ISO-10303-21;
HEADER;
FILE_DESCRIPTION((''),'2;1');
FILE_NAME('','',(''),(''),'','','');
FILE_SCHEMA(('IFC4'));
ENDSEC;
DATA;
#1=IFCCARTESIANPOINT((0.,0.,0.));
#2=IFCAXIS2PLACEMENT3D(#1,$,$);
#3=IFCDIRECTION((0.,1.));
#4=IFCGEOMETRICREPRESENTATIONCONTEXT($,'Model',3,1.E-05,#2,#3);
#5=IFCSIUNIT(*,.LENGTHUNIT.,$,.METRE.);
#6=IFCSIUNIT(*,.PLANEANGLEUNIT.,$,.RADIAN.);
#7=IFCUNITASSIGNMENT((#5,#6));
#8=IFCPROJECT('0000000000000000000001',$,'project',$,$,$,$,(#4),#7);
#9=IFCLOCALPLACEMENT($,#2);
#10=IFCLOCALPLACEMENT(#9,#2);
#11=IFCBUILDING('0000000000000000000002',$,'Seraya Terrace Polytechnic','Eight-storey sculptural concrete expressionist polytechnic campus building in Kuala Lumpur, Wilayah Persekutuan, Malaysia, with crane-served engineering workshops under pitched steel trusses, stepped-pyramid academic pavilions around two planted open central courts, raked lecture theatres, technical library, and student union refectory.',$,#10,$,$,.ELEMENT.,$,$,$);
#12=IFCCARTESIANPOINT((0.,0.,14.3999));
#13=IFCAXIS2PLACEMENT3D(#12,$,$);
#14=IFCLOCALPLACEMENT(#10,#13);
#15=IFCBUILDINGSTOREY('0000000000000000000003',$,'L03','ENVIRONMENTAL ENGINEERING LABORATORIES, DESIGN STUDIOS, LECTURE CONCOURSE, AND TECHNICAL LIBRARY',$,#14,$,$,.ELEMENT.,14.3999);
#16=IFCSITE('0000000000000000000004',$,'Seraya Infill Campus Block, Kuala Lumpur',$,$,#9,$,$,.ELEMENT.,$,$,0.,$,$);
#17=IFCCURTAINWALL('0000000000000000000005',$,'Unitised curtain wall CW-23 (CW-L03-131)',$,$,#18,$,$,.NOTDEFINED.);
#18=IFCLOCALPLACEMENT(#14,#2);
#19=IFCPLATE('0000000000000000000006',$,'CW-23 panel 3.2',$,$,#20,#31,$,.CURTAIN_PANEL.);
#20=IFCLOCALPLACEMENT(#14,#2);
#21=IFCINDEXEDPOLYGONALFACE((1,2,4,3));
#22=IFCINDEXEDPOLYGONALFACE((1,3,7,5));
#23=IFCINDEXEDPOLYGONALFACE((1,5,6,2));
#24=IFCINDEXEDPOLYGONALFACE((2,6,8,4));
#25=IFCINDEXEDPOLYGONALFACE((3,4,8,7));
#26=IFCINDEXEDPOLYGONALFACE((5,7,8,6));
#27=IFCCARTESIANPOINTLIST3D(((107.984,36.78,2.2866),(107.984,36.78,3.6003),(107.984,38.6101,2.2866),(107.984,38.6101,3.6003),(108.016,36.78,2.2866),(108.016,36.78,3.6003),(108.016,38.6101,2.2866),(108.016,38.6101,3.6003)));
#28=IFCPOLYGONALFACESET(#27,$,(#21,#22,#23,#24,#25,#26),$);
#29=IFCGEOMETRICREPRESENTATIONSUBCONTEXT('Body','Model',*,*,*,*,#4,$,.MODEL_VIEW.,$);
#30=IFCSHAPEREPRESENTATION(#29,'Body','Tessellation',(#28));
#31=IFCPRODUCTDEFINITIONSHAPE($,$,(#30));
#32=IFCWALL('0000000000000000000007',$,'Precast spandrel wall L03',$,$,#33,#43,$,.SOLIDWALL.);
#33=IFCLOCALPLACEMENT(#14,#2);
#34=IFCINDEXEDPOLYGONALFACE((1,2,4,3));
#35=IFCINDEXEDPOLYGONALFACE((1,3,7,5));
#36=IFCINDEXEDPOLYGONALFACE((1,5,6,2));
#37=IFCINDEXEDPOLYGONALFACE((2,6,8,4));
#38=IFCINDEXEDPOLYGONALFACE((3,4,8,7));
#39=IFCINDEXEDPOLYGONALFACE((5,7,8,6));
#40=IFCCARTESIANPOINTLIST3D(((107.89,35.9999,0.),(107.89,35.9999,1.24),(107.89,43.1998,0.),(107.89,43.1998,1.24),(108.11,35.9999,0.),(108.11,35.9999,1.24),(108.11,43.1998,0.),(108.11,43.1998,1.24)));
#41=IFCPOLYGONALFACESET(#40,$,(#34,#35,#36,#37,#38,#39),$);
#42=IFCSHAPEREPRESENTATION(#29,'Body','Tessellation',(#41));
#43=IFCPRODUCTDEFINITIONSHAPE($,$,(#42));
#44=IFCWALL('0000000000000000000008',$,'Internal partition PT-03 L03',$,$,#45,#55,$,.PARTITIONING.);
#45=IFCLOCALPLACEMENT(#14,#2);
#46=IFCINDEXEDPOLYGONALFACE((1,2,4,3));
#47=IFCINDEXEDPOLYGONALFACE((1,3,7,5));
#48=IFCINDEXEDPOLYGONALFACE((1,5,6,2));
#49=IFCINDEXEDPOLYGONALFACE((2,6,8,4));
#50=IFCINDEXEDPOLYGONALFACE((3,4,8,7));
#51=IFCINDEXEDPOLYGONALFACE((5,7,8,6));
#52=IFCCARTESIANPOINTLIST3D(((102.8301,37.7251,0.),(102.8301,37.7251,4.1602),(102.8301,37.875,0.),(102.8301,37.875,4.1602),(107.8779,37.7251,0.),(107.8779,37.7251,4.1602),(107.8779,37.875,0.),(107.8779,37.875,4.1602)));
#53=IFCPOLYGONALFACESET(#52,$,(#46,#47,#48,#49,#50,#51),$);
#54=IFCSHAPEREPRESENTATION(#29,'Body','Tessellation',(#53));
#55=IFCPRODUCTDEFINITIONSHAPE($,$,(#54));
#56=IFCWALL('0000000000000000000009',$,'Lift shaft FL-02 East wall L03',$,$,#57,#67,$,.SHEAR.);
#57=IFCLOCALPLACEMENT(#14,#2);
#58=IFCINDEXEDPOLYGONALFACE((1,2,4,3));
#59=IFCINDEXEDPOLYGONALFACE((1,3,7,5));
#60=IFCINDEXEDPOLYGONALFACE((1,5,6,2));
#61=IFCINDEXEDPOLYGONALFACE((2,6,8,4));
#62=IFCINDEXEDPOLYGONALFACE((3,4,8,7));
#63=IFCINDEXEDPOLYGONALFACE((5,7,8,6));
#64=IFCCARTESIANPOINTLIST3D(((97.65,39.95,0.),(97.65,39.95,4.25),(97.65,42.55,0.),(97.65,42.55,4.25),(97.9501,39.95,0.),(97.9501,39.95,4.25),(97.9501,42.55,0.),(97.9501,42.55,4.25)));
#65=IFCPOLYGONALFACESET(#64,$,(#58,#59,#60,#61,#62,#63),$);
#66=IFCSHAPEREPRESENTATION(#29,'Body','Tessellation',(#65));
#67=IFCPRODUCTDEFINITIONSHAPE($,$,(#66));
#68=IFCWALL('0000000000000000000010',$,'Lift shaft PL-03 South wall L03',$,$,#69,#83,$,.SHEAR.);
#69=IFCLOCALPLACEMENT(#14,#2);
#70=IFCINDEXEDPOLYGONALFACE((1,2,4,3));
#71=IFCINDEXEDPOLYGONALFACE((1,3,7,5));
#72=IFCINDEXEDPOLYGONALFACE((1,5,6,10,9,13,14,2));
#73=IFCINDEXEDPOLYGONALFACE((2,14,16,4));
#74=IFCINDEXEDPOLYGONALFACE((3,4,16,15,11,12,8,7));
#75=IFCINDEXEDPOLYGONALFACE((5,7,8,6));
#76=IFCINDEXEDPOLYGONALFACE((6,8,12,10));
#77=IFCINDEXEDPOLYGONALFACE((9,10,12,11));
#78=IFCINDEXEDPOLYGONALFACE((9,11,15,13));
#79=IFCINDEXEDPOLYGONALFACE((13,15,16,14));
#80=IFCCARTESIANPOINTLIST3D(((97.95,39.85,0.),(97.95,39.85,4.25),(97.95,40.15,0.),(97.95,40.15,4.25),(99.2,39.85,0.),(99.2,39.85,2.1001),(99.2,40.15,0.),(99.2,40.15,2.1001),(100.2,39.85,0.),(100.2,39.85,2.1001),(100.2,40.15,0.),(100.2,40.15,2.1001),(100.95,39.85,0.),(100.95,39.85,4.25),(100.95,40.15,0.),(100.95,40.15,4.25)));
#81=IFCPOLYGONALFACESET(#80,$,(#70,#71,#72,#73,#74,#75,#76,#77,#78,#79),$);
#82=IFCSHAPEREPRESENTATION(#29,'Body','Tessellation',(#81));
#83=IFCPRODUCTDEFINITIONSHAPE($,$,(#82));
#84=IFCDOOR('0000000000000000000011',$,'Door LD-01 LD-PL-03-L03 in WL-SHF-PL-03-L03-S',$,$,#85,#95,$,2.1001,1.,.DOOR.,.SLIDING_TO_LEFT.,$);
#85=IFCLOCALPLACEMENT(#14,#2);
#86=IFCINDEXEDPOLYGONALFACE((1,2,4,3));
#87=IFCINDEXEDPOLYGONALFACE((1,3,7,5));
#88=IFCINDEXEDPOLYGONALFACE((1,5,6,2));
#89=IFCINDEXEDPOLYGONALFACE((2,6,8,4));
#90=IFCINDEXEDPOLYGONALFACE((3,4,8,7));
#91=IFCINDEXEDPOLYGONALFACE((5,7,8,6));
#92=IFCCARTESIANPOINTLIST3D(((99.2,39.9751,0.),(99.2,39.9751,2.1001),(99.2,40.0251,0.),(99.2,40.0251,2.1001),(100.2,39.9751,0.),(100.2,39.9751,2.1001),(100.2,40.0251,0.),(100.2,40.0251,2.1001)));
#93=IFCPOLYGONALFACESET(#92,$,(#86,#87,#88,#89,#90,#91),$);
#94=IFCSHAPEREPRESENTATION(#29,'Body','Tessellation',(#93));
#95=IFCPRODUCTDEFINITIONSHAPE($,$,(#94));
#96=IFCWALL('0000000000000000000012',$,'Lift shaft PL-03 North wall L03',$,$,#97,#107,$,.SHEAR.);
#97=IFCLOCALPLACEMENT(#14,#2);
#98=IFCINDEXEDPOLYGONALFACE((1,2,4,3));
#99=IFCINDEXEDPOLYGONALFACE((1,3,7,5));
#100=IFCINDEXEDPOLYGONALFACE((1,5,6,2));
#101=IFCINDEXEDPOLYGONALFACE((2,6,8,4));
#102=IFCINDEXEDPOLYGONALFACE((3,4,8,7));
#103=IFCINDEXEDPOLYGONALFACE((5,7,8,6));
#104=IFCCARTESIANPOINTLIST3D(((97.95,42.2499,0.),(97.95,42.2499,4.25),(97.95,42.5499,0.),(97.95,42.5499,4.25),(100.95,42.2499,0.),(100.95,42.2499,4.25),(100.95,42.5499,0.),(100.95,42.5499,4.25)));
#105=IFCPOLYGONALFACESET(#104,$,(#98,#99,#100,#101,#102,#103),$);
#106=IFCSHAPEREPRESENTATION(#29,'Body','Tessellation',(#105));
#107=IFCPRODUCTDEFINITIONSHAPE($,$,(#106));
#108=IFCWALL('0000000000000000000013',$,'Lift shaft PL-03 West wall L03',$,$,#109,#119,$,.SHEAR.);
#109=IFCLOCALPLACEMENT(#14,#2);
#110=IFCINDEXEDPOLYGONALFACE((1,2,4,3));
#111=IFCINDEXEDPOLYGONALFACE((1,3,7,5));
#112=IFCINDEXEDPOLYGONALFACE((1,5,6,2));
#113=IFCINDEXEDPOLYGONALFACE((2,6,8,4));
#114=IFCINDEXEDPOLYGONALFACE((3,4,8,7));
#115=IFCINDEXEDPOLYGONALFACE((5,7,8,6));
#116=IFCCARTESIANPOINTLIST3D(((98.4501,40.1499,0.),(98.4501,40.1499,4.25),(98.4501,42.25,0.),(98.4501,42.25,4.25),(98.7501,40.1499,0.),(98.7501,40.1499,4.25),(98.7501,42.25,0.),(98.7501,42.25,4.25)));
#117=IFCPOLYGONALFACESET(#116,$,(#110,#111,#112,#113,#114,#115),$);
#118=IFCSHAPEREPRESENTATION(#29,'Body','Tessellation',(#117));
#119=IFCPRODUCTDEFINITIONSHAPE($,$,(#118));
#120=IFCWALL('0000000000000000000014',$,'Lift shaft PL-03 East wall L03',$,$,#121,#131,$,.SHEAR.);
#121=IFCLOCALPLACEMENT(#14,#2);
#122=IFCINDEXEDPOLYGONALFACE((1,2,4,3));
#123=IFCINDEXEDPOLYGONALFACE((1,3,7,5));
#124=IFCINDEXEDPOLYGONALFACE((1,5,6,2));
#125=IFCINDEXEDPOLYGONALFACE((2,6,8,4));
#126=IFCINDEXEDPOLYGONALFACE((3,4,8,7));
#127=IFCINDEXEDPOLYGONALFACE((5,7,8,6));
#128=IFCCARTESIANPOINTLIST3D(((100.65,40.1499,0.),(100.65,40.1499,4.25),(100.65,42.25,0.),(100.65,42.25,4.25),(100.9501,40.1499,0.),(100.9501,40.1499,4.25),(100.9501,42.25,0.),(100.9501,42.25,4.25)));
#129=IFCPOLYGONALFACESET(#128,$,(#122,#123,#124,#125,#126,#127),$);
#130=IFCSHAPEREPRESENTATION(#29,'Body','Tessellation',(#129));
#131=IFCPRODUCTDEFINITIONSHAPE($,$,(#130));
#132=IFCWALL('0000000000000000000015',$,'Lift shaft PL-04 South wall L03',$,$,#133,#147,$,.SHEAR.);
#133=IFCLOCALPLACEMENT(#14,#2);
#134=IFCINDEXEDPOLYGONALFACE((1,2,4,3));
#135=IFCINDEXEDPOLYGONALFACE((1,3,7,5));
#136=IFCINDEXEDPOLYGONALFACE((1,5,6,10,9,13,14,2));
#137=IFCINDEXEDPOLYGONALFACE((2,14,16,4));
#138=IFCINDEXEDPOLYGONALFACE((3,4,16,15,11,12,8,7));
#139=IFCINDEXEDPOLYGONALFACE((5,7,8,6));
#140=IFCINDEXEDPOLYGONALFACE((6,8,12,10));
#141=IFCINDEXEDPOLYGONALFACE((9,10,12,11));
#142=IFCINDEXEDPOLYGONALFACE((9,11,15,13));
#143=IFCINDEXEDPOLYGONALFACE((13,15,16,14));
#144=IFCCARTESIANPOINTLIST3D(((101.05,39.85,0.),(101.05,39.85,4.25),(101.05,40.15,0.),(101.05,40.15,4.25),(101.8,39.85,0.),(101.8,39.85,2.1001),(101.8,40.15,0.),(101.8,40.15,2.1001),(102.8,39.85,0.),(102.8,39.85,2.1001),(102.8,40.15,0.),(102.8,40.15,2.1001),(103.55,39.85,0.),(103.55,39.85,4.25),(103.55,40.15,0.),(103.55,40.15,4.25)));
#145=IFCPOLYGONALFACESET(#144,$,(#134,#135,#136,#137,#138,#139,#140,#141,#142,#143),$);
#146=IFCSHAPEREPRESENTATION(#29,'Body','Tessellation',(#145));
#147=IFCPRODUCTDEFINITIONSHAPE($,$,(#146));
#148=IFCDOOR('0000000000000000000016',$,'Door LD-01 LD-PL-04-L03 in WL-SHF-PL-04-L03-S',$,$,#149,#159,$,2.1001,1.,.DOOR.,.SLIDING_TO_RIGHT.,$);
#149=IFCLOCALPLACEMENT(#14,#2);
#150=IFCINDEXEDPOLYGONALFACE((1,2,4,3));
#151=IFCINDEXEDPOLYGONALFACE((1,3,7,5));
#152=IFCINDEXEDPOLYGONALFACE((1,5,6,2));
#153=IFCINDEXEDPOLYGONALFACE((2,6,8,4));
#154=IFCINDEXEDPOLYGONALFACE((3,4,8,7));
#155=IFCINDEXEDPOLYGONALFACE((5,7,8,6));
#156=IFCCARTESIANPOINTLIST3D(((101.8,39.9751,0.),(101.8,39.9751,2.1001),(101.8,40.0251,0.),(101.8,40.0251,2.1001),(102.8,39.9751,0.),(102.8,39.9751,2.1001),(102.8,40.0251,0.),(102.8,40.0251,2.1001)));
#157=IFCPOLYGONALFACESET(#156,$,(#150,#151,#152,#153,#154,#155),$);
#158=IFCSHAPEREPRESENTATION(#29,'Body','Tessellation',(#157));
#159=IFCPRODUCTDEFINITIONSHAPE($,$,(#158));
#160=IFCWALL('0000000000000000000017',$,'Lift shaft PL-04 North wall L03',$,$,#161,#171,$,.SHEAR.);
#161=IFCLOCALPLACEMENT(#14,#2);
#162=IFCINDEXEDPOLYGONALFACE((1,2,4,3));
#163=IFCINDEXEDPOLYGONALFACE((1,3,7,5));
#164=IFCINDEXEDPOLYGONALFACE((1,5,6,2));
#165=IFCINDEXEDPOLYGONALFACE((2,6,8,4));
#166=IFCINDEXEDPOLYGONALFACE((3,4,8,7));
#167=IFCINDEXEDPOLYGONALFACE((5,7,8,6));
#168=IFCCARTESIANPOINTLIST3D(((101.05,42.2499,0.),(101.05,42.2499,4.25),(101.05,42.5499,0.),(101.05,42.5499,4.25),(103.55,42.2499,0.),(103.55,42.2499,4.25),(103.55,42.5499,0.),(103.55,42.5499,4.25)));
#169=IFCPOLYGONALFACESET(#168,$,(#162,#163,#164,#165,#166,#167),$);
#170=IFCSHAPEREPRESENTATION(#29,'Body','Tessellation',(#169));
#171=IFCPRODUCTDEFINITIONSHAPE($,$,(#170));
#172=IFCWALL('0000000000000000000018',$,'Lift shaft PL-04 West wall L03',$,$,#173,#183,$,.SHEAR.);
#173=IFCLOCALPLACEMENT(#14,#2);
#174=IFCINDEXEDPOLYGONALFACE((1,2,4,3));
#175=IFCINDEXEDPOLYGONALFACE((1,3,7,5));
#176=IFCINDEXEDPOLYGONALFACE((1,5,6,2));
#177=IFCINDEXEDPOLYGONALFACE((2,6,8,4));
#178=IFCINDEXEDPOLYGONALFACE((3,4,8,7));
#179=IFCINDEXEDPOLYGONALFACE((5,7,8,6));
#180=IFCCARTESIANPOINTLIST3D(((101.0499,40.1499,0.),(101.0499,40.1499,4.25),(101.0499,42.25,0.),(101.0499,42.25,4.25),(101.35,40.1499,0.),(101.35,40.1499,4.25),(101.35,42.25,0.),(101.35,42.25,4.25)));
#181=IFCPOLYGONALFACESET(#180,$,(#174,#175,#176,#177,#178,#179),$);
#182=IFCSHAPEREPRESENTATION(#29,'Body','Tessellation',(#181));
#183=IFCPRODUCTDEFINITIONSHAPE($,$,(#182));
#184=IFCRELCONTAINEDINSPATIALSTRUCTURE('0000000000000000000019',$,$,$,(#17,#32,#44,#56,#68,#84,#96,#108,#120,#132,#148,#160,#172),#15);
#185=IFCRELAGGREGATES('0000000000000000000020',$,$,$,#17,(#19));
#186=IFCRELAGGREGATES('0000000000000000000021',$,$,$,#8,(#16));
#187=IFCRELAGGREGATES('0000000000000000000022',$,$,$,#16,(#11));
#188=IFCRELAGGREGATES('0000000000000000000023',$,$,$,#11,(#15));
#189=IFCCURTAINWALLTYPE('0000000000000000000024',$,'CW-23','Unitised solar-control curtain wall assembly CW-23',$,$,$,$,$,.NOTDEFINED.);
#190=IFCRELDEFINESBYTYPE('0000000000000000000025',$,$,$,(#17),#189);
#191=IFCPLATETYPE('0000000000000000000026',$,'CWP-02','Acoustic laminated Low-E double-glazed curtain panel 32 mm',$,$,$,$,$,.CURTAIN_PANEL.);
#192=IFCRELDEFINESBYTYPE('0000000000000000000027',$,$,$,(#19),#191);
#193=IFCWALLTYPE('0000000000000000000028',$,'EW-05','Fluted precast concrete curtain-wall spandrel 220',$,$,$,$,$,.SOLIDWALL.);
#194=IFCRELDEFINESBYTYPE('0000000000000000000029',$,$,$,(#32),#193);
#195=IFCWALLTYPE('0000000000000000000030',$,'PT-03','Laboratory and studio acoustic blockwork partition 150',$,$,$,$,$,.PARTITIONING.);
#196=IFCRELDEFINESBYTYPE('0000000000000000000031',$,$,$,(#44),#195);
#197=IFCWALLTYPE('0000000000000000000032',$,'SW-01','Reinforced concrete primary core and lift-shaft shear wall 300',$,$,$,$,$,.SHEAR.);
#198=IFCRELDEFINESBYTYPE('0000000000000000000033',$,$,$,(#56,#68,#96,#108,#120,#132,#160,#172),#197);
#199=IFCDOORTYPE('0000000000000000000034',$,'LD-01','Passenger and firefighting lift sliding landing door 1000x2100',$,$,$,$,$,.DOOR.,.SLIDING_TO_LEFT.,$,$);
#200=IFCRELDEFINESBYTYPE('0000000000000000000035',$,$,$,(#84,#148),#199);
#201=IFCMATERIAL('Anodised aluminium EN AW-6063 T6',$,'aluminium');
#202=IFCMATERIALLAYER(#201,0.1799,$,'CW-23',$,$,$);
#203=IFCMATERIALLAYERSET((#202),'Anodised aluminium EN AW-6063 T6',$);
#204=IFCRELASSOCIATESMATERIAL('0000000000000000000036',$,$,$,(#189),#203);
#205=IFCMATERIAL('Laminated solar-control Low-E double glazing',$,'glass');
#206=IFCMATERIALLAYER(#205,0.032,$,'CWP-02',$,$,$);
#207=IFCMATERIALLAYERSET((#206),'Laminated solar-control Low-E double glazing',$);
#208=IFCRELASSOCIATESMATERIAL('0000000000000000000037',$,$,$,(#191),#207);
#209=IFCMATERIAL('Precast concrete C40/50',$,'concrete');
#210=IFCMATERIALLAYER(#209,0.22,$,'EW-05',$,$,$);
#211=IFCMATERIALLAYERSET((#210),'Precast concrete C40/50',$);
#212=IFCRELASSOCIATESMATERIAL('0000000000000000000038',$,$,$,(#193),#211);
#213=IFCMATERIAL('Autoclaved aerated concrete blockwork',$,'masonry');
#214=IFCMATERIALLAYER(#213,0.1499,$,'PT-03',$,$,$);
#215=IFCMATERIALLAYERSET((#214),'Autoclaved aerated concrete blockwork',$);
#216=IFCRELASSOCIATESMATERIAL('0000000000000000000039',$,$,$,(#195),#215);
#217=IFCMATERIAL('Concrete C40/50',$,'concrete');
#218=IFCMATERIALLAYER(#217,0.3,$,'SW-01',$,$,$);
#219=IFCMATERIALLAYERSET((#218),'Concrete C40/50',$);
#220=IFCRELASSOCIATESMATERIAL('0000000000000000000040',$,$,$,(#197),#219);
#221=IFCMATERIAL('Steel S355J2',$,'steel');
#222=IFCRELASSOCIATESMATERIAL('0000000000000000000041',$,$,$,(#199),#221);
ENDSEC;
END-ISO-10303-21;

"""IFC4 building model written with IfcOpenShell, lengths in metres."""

from ifc_helpers import new_model, si_unit, direction, frame, frame_2d, origin, origin_2d, place, context, subcontext, project, spatial, rectangle, extrude, material, layer, layer_set, type_object, element, fill, aggregate, save


model = new_model("IFC4")

# Units and contexts
model_context = context("Model", 3, precision=1e-05, world=origin(), true_north=direction((0.0, 1.0)))
body_context = subcontext(model_context, "Body", "Model", "MODEL_VIEW")
ifc_project = project(units=[si_unit("LENGTHUNIT", "METRE"), si_unit("PLANEANGLEUNIT", "RADIAN")], contexts=[model_context])

# Site, building, storey
site_placement = place(None, origin())
site = spatial("IfcSite", under=ifc_project, at=site_placement, Name="Seraya Infill Campus Block, Kuala Lumpur", CompositionType="ELEMENT", RefElevation=0.0)
building_placement = place(site_placement, origin())
building = spatial("IfcBuilding", under=site, at=building_placement, Name="Seraya Terrace Polytechnic", Description="Eight-storey sculptural concrete expressionist polytechnic campus building in Kuala Lumpur, Wilayah Persekutuan, Malaysia, with crane-served engineering workshops under pitched steel trusses, stepped-pyramid academic pavilions around two planted open central courts, raked lecture theatres, technical library, and student union refectory.", CompositionType="ELEMENT")
storey_placement = place(building_placement, frame((0.0, 0.0, 14.3999)))
storey = spatial("IfcBuildingStorey", under=building, at=storey_placement, Name="L03", Description="ENVIRONMENTAL ENGINEERING LABORATORIES, DESIGN STUDIOS, LECTURE CONCOURSE, AND TECHNICAL LIBRARY", CompositionType="ELEMENT", Elevation=14.3999)

# Shared definitions
ifc_material_1 = material(Name="Concrete C40/50", Category="concrete")

# Shared definitions
ifc_material_2 = material(Name="Anodised aluminium EN AW-6063 T6", Category="aluminium")

# Curtain wall
ifc_layer_1 = layer(ifc_material_2, 0.1799, Name="CW-23")
ifc_layer_set_1 = layer_set([ifc_layer_1], Name="Anodised aluminium EN AW-6063 T6")
curtain_wall_type_1 = type_object("IfcCurtainWallType", Name="CW-23", Description="Unitised solar-control curtain wall assembly CW-23", PredefinedType="NOTDEFINED", material=ifc_layer_set_1)
curtain_wall_1_placement = place(storey_placement, origin())
curtain_wall_1 = element("IfcCurtainWall", 1, at=curtain_wall_1_placement, inside=storey, type_object=curtain_wall_type_1, Name="Unitised curtain wall CW-23 (CW-L03-131)", PredefinedType="NOTDEFINED")

# Plate
ifc_material_3 = material(Name="Laminated solar-control Low-E double glazing", Category="glass")
ifc_layer_2 = layer(ifc_material_3, 0.032, Name="CWP-02")
ifc_layer_set_2 = layer_set([ifc_layer_2], Name="Laminated solar-control Low-E double glazing")
plate_type_1 = type_object("IfcPlateType", Name="CWP-02", Description="Acoustic laminated Low-E double-glazed curtain panel 32 mm", PredefinedType="CURTAIN_PANEL", material=ifc_layer_set_2)
plate_1_placement = place(storey_placement, frame((108.0, 37.6951, 2.2866), z_axis=(0.0, 0.0, 1.0), x_axis=(0.0, -1.0, 0.0)))
plate_1 = element("IfcPlate", 2, at=plate_1_placement, type_object=plate_type_1, Name="CW-23 panel 3.2", PredefinedType="CURTAIN_PANEL", context=body_context, shape_type="SweptSolid", body=[
    extrude(rectangle(XDim=1.8301, YDim=0.032, at=origin_2d()), origin(), (0.0, 0.0, 1.0), 1.3137),
])
aggregate(curtain_wall_1, [plate_1])

# Walls
ifc_material_4 = material(Name="Precast concrete C40/50", Category="concrete")
ifc_layer_3 = layer(ifc_material_4, 0.22, Name="EW-05")
ifc_layer_set_3 = layer_set([ifc_layer_3], Name="Precast concrete C40/50")
wall_type_1 = type_object("IfcWallType", Name="EW-05", Description="Fluted precast concrete curtain-wall spandrel 220", PredefinedType="SOLIDWALL", material=ifc_layer_set_3)
wall_1_placement = place(storey_placement, frame((108.0, 43.2, 0.0), z_axis=(0.0, 0.0, 1.0), x_axis=(0.0, -1.0, 0.0)))
element("IfcWall", 3, at=wall_1_placement, inside=storey, type_object=wall_type_1, Name="Precast spandrel wall L03", PredefinedType="SOLIDWALL", context=body_context, shape_type="SweptSolid", body=[
    extrude(rectangle(XDim=7.2, YDim=0.22, at=frame_2d((3.6001, 0.0))), origin(), (0.0, 0.0, 1.0), 1.24),
])
ifc_material_5 = material(Name="Autoclaved aerated concrete blockwork", Category="masonry")
ifc_layer_4 = layer(ifc_material_5, 0.1499, Name="PT-03")
ifc_layer_set_4 = layer_set([ifc_layer_4], Name="Autoclaved aerated concrete blockwork")
wall_type_2 = type_object("IfcWallType", Name="PT-03", Description="Laboratory and studio acoustic blockwork partition 150", PredefinedType="PARTITIONING", material=ifc_layer_set_4)
wall_2_placement = place(storey_placement, frame((102.8301, 37.8, 0.0), z_axis=(0.0, 0.0, 1.0), x_axis=(1.0, 0.0, 0.0)))
element("IfcWall", 4, at=wall_2_placement, inside=storey, type_object=wall_type_2, Name="Internal partition PT-03 L03", PredefinedType="PARTITIONING", context=body_context, shape_type="SweptSolid", body=[
    extrude(rectangle(XDim=5.0479, YDim=0.1499, at=frame_2d((2.5239, 0.0))), origin(), (0.0, 0.0, 1.0), 4.1602),
])
ifc_layer_5 = layer(ifc_material_1, 0.3, Name="SW-01")
ifc_layer_set_5 = layer_set([ifc_layer_5], Name="Concrete C40/50")
wall_type_3 = type_object("IfcWallType", Name="SW-01", Description="Reinforced concrete primary core and lift-shaft shear wall 300", PredefinedType="SHEAR", material=ifc_layer_set_5)
wall_3_placement = place(storey_placement, frame((97.8, 39.95, 0.0), z_axis=(0.0, 0.0, 1.0), x_axis=(0.0, 1.0, 0.0)))
element("IfcWall", 5, at=wall_3_placement, inside=storey, type_object=wall_type_3, Name="Lift shaft FL-02 East wall L03", PredefinedType="SHEAR", context=body_context, shape_type="SweptSolid", body=[
    extrude(rectangle(XDim=2.6001, YDim=0.3, at=frame_2d((1.3, 0.0))), origin(), (0.0, 0.0, 1.0), 4.25),
])

# Wall, opening, door
wall_4_placement = place(storey_placement, frame((97.95, 40.0, 0.0), z_axis=(0.0, 0.0, 1.0), x_axis=(1.0, 0.0, 0.0)))
wall_4 = element("IfcWall", 6, at=wall_4_placement, inside=storey, type_object=wall_type_3, Name="Lift shaft PL-03 South wall L03", PredefinedType="SHEAR", context=body_context, shape_type="SweptSolid", body=[
    extrude(rectangle(XDim=3.0, YDim=0.3, at=frame_2d((1.5, 0.0))), origin(), (0.0, 0.0, 1.0), 4.25),
])
opening_1_placement = place(wall_4_placement, frame((1.25, 0.0, 0.0)))
opening_1 = element("IfcOpeningElement", 7, at=opening_1_placement, cuts=wall_4, PredefinedType="OPENING", context=body_context, shape_type="SweptSolid", body=[
    extrude(rectangle(XDim=1.0, YDim=2.1001, at=frame_2d((0.5, 1.05))), frame((0.0, 0.1621, 0.0), z_axis=(0.0, -1.0, 0.0), x_axis=(1.0, 0.0, 0.0)), (0.0, 0.0, 1.0), 0.324),
])
ifc_material_6 = material(Name="Steel S355J2", Category="steel")
door_type = type_object("IfcDoorType", Name="LD-01", Description="Passenger and firefighting lift sliding landing door 1000x2100", OperationType="SLIDING_TO_LEFT", PredefinedType="DOOR", material=ifc_material_6)
door_1_placement = place(opening_1_placement, frame((1.0, 0.0, 0.0), z_axis=(0.0, 0.0, 1.0), x_axis=(-1.0, 0.0, 0.0)))
door_1 = element("IfcDoor", 8, at=door_1_placement, inside=storey, type_object=door_type, Name="Door LD-01 LD-PL-03-L03 in WL-SHF-PL-03-L03-S", OperationType="SLIDING_TO_LEFT", OverallHeight=2.1001, OverallWidth=1.0, PredefinedType="DOOR", context=body_context, shape_type="SweptSolid", body=[
    extrude(rectangle(XDim=1.0, YDim=2.1001, at=frame_2d((0.5, 1.05))), frame((0.0, 0.0249, 0.0), z_axis=(0.0, -1.0, 0.0), x_axis=(1.0, 0.0, 0.0)), (0.0, 0.0, 1.0), 0.05),
])
fill(opening_1, door_1)

# Walls
wall_5_placement = place(storey_placement, frame((97.95, 42.3999, 0.0), z_axis=(0.0, 0.0, 1.0), x_axis=(1.0, 0.0, 0.0)))
element("IfcWall", 9, at=wall_5_placement, inside=storey, type_object=wall_type_3, Name="Lift shaft PL-03 North wall L03", PredefinedType="SHEAR", context=body_context, shape_type="SweptSolid", body=[
    extrude(rectangle(XDim=3.0, YDim=0.3, at=frame_2d((1.5, 0.0))), origin(), (0.0, 0.0, 1.0), 4.25),
])
for number, where, z_axis, x_axis, name in (
    (10, (98.6001, 40.1499, 0.0), (0.0, 0.0, 1.0), (0.0, 1.0, 0.0), "Lift shaft PL-03 West wall L03"),
    (11, (100.8, 40.1499, 0.0), (0.0, 0.0, 1.0), (0.0, 1.0, 0.0), "Lift shaft PL-03 East wall L03"),
):
    element("IfcWall", number, at=place(storey_placement, frame(where, z_axis=z_axis, x_axis=x_axis)), inside=storey, type_object=wall_type_3, Name=name, PredefinedType="SHEAR", context=body_context, shape_type="SweptSolid", body=[
        extrude(rectangle(XDim=2.1001, YDim=0.3, at=frame_2d((1.05, 0.0))), origin(), (0.0, 0.0, 1.0), 4.25),
    ])

# Wall, opening, door
wall_6_placement = place(storey_placement, frame((101.05, 40.0, 0.0), z_axis=(0.0, 0.0, 1.0), x_axis=(1.0, 0.0, 0.0)))
wall_6 = element("IfcWall", 12, at=wall_6_placement, inside=storey, type_object=wall_type_3, Name="Lift shaft PL-04 South wall L03", PredefinedType="SHEAR", context=body_context, shape_type="SweptSolid", body=[
    extrude(rectangle(XDim=2.5, YDim=0.3, at=frame_2d((1.25, 0.0))), origin(), (0.0, 0.0, 1.0), 4.25),
])
opening_2_placement = place(wall_6_placement, frame((0.75, 0.0, 0.0)))
opening_2 = element("IfcOpeningElement", 13, at=opening_2_placement, cuts=wall_6, PredefinedType="OPENING", context=body_context, shape_type="SweptSolid", body=[
    extrude(rectangle(XDim=1.0, YDim=2.1001, at=frame_2d((0.5, 1.05))), frame((0.0, 0.1621, 0.0), z_axis=(0.0, -1.0, 0.0), x_axis=(1.0, 0.0, 0.0)), (0.0, 0.0, 1.0), 0.324),
])
door_2_placement = place(opening_2_placement, frame((1.0, 0.0, 0.0), z_axis=(0.0, 0.0, 1.0), x_axis=(-1.0, 0.0, 0.0)))
door_2 = element("IfcDoor", 14, at=door_2_placement, inside=storey, type_object=door_type, Name="Door LD-01 LD-PL-04-L03 in WL-SHF-PL-04-L03-S", OperationType="SLIDING_TO_RIGHT", OverallHeight=2.1001, OverallWidth=1.0, PredefinedType="DOOR", context=body_context, shape_type="SweptSolid", body=[
    extrude(rectangle(XDim=1.0, YDim=2.1001, at=frame_2d((0.5, 1.05))), frame((0.0, 0.0249, 0.0), z_axis=(0.0, -1.0, 0.0), x_axis=(1.0, 0.0, 0.0)), (0.0, 0.0, 1.0), 0.05),
])
fill(opening_2, door_2)

# Walls
wall_7_placement = place(storey_placement, frame((101.05, 42.3999, 0.0), z_axis=(0.0, 0.0, 1.0), x_axis=(1.0, 0.0, 0.0)))
element("IfcWall", 15, at=wall_7_placement, inside=storey, type_object=wall_type_3, Name="Lift shaft PL-04 North wall L03", PredefinedType="SHEAR", context=body_context, shape_type="SweptSolid", body=[
    extrude(rectangle(XDim=2.5, YDim=0.3, at=frame_2d((1.25, 0.0))), origin(), (0.0, 0.0, 1.0), 4.25),
])
for number, where, z_axis, x_axis, name in (
    (16, (101.2, 40.1499, 0.0), (0.0, 0.0, 1.0), (0.0, 1.0, 0.0), "Lift shaft PL-04 West wall L03"),
):
    element("IfcWall", number, at=place(storey_placement, frame(where, z_axis=z_axis, x_axis=x_axis)), inside=storey, type_object=wall_type_3, Name=name, PredefinedType="SHEAR", context=body_context, shape_type="SweptSolid", body=[
        extrude(rectangle(XDim=2.1001, YDim=0.3, at=frame_2d((1.05, 0.0))), origin(), (0.0, 0.0, 1.0), 4.25),
    ])

save(model, "model.ifc")
